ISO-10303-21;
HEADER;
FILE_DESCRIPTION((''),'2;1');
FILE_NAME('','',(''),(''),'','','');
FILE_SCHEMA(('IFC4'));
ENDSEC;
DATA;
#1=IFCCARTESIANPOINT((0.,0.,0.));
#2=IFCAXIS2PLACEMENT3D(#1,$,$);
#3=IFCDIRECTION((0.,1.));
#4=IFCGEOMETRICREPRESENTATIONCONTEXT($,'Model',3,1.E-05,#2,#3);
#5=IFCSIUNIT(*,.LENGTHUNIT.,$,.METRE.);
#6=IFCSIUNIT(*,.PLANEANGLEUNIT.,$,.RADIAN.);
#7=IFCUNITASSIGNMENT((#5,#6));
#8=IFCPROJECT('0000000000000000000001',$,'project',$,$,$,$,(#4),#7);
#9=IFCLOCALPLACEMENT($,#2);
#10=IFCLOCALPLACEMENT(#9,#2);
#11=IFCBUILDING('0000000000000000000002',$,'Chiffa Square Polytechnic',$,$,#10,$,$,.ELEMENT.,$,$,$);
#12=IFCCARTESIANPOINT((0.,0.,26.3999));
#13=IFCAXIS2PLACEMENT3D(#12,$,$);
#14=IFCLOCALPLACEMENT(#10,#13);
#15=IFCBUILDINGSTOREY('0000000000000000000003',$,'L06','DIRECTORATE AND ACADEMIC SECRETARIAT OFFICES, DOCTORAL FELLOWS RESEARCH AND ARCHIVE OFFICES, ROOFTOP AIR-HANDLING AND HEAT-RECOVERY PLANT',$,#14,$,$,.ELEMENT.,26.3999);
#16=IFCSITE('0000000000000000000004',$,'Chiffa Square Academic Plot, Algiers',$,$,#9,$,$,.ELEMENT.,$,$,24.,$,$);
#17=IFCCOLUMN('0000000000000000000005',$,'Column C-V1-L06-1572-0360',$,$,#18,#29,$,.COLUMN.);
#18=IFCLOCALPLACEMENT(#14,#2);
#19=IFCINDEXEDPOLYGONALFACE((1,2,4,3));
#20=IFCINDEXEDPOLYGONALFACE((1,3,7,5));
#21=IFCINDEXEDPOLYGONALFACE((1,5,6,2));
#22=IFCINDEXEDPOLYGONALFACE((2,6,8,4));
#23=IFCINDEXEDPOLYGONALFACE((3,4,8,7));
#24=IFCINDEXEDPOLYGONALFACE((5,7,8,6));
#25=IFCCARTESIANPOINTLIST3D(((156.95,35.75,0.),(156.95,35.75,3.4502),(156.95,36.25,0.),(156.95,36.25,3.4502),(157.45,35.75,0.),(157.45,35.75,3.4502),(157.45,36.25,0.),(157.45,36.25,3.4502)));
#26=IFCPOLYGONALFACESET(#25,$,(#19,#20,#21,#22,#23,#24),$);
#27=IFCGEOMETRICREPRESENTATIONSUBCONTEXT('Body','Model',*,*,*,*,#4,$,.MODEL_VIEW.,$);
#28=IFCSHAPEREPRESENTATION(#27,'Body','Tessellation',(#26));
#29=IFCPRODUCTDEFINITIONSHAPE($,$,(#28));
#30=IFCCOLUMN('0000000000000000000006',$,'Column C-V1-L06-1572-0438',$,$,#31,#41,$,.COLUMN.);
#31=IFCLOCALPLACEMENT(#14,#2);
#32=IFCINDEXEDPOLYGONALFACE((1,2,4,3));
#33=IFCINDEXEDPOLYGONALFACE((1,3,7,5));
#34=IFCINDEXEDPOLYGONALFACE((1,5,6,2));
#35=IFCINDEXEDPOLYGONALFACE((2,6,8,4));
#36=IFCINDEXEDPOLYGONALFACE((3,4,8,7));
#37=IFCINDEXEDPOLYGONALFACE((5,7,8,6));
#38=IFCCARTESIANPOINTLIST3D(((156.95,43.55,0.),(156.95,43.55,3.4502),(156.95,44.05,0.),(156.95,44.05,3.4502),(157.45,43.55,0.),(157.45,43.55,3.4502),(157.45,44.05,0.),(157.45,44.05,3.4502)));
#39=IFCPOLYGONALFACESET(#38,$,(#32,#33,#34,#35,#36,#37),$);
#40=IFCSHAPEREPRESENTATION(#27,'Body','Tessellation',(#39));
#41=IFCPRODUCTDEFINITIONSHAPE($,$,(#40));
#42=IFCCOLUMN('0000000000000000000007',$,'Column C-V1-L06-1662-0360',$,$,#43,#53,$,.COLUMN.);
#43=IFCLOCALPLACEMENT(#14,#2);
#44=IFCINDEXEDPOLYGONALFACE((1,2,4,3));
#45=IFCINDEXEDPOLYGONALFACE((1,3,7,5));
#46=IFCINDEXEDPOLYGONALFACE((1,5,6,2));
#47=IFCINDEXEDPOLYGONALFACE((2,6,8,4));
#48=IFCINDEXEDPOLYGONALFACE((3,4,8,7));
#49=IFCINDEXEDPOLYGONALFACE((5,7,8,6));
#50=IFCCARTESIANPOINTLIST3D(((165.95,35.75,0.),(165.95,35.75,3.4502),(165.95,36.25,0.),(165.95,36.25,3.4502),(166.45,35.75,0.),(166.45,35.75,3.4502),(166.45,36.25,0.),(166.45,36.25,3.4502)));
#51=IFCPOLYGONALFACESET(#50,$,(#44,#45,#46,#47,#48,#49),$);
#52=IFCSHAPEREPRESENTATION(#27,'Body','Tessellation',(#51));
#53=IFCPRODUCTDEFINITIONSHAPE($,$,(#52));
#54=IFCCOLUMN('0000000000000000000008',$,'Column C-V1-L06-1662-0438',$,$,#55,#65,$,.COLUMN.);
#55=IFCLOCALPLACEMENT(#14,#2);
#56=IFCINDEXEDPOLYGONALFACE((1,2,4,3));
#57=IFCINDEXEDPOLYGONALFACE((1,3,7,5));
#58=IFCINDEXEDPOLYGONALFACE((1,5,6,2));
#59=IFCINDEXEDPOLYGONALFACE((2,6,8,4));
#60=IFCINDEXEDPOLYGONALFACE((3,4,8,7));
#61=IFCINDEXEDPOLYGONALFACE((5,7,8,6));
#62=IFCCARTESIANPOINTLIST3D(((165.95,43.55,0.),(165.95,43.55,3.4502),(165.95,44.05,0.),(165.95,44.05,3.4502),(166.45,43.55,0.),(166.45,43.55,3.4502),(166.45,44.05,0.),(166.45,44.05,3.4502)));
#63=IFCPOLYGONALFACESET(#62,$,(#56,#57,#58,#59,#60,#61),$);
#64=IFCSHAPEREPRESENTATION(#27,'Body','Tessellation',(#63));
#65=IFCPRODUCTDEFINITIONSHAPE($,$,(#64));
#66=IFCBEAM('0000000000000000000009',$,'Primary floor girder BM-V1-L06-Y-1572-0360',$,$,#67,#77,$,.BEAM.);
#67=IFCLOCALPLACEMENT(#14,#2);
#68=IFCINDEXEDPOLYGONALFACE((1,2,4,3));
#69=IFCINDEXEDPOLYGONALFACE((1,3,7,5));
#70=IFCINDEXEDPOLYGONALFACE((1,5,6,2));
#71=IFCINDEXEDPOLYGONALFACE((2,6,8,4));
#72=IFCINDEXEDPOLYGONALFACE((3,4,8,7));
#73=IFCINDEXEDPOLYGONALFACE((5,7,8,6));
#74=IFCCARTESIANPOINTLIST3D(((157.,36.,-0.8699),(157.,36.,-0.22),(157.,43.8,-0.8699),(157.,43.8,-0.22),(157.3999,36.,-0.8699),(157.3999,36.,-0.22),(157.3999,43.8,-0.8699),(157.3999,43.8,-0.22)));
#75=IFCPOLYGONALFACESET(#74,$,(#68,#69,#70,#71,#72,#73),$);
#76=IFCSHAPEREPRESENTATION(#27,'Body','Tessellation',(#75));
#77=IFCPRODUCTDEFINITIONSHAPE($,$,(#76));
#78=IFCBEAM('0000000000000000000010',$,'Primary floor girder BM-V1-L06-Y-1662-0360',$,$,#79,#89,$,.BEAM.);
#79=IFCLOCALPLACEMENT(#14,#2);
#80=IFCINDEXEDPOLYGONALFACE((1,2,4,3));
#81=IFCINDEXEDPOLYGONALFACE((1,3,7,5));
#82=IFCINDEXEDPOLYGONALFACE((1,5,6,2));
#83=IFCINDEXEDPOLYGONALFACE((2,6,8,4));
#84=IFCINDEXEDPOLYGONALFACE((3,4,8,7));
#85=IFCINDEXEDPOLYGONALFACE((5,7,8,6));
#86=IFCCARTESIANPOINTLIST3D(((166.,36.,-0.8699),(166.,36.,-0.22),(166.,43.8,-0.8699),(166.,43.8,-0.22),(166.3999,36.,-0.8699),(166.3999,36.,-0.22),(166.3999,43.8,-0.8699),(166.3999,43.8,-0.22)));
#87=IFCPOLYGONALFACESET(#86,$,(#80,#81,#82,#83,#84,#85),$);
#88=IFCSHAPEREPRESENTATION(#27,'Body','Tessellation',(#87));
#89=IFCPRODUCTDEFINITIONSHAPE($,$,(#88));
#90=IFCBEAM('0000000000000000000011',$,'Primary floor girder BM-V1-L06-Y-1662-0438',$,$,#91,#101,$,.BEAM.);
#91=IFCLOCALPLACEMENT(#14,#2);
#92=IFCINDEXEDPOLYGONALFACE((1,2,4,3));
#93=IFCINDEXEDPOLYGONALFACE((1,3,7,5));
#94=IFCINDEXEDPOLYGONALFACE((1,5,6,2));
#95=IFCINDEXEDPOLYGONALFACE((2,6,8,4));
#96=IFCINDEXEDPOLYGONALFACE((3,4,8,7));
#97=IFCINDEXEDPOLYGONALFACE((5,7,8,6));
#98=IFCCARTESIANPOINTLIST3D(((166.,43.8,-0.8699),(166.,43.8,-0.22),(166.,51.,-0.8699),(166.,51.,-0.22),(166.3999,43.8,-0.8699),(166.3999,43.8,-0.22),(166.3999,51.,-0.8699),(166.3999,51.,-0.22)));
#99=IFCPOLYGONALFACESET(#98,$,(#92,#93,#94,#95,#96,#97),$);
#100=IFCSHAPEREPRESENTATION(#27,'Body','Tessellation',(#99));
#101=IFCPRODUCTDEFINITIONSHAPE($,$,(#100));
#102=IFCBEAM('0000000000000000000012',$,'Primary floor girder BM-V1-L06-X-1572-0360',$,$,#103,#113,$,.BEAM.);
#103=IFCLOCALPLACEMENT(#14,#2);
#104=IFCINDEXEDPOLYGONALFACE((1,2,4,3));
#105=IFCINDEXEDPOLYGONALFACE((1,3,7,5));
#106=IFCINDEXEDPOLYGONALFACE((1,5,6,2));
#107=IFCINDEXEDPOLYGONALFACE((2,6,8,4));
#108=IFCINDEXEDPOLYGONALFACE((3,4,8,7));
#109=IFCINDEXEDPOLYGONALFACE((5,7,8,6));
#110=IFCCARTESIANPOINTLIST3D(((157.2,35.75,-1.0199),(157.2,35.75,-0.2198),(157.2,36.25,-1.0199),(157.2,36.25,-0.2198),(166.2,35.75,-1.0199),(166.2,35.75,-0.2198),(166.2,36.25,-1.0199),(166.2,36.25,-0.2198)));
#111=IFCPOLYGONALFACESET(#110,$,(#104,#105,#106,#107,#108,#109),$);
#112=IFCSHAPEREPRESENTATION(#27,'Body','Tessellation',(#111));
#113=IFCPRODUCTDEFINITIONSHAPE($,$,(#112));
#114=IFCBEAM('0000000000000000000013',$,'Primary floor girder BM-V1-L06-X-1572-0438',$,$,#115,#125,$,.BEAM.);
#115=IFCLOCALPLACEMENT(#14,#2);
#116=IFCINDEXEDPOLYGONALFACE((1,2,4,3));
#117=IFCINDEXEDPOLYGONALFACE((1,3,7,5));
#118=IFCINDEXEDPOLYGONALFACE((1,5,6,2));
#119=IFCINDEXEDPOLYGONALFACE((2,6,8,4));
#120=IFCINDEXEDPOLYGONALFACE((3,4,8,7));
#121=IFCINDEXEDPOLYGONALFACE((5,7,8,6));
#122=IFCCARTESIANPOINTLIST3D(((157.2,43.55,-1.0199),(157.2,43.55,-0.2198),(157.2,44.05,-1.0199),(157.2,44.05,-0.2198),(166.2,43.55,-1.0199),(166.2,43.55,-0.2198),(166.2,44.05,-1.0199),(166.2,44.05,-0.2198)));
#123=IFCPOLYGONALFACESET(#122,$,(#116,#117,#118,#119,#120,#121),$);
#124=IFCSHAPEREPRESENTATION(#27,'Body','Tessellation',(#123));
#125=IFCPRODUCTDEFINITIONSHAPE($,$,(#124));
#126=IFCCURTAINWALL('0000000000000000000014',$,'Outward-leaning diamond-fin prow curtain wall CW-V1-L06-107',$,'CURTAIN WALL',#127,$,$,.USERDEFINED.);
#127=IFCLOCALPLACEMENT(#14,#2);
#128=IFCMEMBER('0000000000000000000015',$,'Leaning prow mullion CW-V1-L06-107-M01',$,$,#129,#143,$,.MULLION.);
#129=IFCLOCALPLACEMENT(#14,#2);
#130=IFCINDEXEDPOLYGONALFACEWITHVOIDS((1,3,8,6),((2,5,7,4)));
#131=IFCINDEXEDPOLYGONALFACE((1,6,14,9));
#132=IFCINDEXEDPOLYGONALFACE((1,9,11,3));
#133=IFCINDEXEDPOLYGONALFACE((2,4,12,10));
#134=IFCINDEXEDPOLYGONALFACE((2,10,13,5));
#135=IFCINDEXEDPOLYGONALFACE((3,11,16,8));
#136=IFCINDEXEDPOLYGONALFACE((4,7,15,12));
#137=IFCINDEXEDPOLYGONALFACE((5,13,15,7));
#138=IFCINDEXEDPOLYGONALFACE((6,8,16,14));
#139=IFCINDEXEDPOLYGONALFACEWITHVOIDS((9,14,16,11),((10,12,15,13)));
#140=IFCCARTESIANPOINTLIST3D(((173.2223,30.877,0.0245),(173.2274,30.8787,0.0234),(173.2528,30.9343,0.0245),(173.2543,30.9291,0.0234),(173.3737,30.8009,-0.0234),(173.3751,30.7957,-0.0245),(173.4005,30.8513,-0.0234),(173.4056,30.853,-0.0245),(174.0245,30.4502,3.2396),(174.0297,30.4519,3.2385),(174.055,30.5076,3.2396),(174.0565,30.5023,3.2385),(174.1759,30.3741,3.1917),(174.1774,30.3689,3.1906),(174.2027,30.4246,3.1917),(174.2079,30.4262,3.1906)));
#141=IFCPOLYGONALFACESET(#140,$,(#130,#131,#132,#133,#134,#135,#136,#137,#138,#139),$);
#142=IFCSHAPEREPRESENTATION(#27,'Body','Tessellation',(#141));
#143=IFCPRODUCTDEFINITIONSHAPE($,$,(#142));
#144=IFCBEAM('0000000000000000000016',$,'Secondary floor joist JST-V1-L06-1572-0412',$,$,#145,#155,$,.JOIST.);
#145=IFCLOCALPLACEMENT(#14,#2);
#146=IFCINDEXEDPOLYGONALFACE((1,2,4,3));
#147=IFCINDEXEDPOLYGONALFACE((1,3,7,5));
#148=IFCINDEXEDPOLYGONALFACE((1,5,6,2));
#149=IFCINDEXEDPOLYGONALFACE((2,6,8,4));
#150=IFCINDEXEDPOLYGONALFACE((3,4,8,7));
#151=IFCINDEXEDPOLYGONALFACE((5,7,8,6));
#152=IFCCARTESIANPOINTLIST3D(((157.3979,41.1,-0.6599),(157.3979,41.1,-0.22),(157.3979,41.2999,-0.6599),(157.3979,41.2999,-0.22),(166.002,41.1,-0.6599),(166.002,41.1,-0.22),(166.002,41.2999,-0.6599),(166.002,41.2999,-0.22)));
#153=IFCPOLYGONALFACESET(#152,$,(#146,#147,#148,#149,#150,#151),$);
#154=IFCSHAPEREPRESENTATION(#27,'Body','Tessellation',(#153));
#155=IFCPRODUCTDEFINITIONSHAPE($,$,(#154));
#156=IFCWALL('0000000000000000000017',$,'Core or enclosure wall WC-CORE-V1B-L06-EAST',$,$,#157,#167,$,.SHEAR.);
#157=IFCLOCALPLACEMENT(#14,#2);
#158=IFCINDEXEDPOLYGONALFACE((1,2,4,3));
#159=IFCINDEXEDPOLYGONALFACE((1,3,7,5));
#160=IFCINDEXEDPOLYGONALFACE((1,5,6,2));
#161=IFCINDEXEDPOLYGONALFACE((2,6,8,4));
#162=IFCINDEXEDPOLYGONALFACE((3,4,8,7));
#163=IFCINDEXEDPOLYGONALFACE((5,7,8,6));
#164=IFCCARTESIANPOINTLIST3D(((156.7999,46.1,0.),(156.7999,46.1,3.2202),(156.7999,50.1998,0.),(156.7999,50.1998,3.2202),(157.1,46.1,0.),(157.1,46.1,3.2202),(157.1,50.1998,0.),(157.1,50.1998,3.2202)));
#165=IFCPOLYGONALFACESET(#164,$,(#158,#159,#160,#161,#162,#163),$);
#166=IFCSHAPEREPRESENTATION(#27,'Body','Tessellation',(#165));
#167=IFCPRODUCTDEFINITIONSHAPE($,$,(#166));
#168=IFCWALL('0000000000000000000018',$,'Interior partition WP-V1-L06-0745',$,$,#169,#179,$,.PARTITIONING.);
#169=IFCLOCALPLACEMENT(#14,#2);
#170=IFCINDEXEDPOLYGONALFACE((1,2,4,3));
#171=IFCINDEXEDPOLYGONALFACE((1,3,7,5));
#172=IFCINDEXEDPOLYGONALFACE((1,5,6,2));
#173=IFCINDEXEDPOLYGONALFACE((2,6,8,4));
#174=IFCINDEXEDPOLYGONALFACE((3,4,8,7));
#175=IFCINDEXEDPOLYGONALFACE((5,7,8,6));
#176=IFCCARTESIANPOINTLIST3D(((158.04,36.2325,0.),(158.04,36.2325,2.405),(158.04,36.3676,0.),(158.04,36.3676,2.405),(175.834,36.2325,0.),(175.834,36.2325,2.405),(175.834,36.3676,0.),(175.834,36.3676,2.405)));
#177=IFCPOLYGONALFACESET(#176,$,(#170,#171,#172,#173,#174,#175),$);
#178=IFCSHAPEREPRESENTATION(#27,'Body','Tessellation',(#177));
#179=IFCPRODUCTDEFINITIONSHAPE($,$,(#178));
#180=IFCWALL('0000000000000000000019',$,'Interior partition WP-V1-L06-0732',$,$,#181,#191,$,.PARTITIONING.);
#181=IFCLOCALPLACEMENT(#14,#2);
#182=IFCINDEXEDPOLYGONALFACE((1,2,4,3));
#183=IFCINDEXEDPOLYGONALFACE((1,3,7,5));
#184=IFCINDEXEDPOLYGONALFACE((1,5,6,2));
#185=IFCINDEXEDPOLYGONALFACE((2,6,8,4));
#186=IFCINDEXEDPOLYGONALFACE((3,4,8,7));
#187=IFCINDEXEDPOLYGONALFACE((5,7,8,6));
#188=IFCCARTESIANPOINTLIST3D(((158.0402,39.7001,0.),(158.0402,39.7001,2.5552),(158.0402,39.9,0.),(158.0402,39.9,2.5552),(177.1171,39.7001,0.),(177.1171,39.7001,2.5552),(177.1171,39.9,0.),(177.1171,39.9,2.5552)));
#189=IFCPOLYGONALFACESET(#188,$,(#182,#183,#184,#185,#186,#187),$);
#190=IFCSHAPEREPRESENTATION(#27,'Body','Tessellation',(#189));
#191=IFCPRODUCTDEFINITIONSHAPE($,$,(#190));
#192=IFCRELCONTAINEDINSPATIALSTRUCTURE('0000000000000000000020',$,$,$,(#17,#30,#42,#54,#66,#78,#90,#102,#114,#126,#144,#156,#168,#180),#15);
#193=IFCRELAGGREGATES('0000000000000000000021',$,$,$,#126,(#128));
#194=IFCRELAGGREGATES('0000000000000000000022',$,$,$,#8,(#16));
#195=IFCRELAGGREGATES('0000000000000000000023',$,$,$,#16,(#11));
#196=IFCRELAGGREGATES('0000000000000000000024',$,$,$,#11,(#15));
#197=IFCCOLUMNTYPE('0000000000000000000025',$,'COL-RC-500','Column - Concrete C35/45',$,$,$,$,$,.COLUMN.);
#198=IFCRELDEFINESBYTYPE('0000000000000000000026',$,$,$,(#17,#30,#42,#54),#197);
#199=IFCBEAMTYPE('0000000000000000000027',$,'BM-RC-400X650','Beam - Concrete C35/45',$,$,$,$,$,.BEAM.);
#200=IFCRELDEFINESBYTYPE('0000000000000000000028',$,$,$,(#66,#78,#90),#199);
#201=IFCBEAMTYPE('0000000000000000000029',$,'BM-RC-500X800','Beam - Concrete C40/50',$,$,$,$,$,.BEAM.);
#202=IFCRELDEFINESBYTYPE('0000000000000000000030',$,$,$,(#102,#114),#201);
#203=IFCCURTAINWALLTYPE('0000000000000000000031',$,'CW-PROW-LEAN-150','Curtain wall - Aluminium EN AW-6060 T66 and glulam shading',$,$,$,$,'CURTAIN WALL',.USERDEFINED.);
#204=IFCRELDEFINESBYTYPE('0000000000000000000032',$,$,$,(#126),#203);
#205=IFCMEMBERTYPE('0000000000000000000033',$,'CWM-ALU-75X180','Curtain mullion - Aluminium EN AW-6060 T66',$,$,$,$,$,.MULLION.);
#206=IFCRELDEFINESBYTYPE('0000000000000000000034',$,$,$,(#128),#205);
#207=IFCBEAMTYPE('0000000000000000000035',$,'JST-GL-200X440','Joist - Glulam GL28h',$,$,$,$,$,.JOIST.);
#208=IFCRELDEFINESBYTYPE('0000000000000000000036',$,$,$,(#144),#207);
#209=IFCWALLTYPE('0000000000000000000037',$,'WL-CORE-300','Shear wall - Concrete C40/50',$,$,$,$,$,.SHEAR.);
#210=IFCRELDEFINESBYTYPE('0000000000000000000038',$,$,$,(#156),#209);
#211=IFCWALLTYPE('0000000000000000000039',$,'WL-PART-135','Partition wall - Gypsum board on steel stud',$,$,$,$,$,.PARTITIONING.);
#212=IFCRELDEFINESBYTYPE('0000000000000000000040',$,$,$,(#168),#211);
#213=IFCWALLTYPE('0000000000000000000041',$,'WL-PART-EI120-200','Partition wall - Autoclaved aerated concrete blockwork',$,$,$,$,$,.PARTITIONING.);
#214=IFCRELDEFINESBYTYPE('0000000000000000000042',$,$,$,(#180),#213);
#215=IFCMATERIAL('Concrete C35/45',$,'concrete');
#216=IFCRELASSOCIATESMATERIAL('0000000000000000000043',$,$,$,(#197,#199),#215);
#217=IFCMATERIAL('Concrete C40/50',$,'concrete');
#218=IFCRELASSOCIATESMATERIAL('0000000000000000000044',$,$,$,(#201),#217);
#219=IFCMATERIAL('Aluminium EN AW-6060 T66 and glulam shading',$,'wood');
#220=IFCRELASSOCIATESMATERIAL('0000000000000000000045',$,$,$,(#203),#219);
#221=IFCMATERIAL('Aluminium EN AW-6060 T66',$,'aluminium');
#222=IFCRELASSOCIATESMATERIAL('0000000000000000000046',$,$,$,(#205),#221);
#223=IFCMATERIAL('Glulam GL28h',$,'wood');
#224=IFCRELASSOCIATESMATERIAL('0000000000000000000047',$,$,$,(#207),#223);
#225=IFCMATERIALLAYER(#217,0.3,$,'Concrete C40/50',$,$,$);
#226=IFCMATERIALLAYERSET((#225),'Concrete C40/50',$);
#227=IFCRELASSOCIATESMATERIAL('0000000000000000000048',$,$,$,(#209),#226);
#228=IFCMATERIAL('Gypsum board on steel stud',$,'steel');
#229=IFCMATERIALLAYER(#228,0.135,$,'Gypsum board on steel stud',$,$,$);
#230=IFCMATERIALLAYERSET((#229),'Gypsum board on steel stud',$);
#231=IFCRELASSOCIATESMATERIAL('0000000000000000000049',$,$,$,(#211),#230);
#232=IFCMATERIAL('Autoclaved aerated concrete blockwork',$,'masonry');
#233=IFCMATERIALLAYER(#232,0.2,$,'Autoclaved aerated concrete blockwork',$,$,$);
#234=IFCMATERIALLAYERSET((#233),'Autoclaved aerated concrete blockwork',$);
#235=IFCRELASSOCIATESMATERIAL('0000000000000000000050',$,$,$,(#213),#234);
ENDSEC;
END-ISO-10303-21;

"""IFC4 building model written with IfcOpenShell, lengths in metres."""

from ifc_helpers import new_model, si_unit, direction, frame, frame_2d, origin, origin_2d, place, context, subcontext, project, spatial, rectangle, hollow_rectangle, extrude, material, layer, layer_set, material_profile, profile_set, type_object, element, aggregate, save


model = new_model("IFC4")

# Units and contexts
model_context = context("Model", 3, precision=1e-05, world=origin(), true_north=direction((0.0, 1.0)))
body_context = subcontext(model_context, "Body", "Model", "MODEL_VIEW")
ifc_project = project(units=[si_unit("LENGTHUNIT", "METRE"), si_unit("PLANEANGLEUNIT", "RADIAN")], contexts=[model_context])

# Site, building, storey
site_placement = place(None, origin())
site = spatial("IfcSite", under=ifc_project, at=site_placement, Name="Chiffa Square Academic Plot, Algiers", CompositionType="ELEMENT", RefElevation=24.0)
building_placement = place(site_placement, origin())
building = spatial("IfcBuilding", under=site, at=building_placement, Name="Chiffa Square Polytechnic", CompositionType="ELEMENT")
storey_placement = place(building_placement, frame((0.0, 0.0, 26.3999)))
storey = spatial("IfcBuildingStorey", under=building, at=storey_placement, Name="L06", Description="DIRECTORATE AND ACADEMIC SECRETARIAT OFFICES, DOCTORAL FELLOWS RESEARCH AND ARCHIVE OFFICES, ROOFTOP AIR-HANDLING AND HEAT-RECOVERY PLANT", CompositionType="ELEMENT", Elevation=26.3999)

# Columns
ifc_material_1 = material(Name="Concrete C35/45", Category="concrete")
ifc_material_profile_1 = material_profile(ifc_material_1, rectangle(XDim=0.5, YDim=0.5, at=origin_2d()), Name="RC 500x500")
ifc_profile_set_1 = profile_set([ifc_material_profile_1], Name="Concrete C35/45")
column_type = type_object("IfcColumnType", Name="COL-RC-500", Description="Column - Concrete C35/45", PredefinedType="COLUMN", material=ifc_profile_set_1)
for number, where, z_axis, x_axis, name in (
    (1, (157.2, 36.0, 0.0), (0.0, 0.0, 1.0), (1.0, 0.0, 0.0), "Column C-V1-L06-1572-0360"),
    (2, (157.2, 43.8, 0.0), (0.0, 0.0, 1.0), (1.0, 0.0, 0.0), "Column C-V1-L06-1572-0438"),
    (3, (166.2, 36.0, 0.0), (0.0, 0.0, 1.0), (1.0, 0.0, 0.0), "Column C-V1-L06-1662-0360"),
    (4, (166.2, 43.8, 0.0), (0.0, 0.0, 1.0), (1.0, 0.0, 0.0), "Column C-V1-L06-1662-0438"),
):
    element("IfcColumn", number, at=place(storey_placement, frame(where, z_axis=z_axis, x_axis=x_axis)), inside=storey, type_object=column_type, Name=name, PredefinedType="COLUMN", context=body_context, shape_type="SweptSolid", body=[
        extrude(rectangle(XDim=0.5, YDim=0.5, at=origin_2d()), origin(), (0.0, 0.0, 1.0), 3.4502),
    ])

# Beams
ifc_material_profile_2 = material_profile(ifc_material_1, rectangle(XDim=0.3999, YDim=0.6499, at=origin_2d()), Name="RC 400x650")
ifc_profile_set_2 = profile_set([ifc_material_profile_2], Name="Concrete C35/45")
beam_type_1 = type_object("IfcBeamType", Name="BM-RC-400X650", Description="Beam - Concrete C35/45", PredefinedType="BEAM", material=ifc_profile_set_2)
for number, where, z_axis, x_axis, name in (
    (5, (157.2, 36.0, -0.5449), (0.0, 1.0, 0.0), (-1.0, 0.0, 0.0), "Primary floor girder BM-V1-L06-Y-1572-0360"),
    (6, (166.2, 36.0, -0.5449), (0.0, 1.0, 0.0), (-1.0, 0.0, 0.0), "Primary floor girder BM-V1-L06-Y-1662-0360"),
):
    element("IfcBeam", number, at=place(storey_placement, frame(where, z_axis=z_axis, x_axis=x_axis)), inside=storey, type_object=beam_type_1, Name=name, PredefinedType="BEAM", context=body_context, shape_type="SweptSolid", body=[
        extrude(rectangle(XDim=0.3999, YDim=0.6499, at=origin_2d()), origin(), (0.0, 0.0, 1.0), 7.8),
    ])
beam_1_placement = place(storey_placement, frame((166.2, 43.8, -0.5449), z_axis=(0.0, 1.0, 0.0), x_axis=(-1.0, 0.0, 0.0)))
element("IfcBeam", 7, at=beam_1_placement, inside=storey, type_object=beam_type_1, Name="Primary floor girder BM-V1-L06-Y-1662-0438", PredefinedType="BEAM", context=body_context, shape_type="SweptSolid", body=[
    extrude(rectangle(XDim=0.3999, YDim=0.6499, at=origin_2d()), origin(), (0.0, 0.0, 1.0), 7.2),
])
ifc_material_2 = material(Name="Concrete C40/50", Category="concrete")
ifc_material_profile_3 = material_profile(ifc_material_2, rectangle(XDim=0.5, YDim=0.8, at=origin_2d()), Name="RC 500x800")
ifc_profile_set_3 = profile_set([ifc_material_profile_3], Name="Concrete C40/50")
beam_type_2 = type_object("IfcBeamType", Name="BM-RC-500X800", Description="Beam - Concrete C40/50", PredefinedType="BEAM", material=ifc_profile_set_3)
for number, where, z_axis, x_axis, name in (
    (8, (157.2, 36.0, -0.6199), (1.0, 0.0, 0.0), (0.0, 1.0, 0.0), "Primary floor girder BM-V1-L06-X-1572-0360"),
    (9, (157.2, 43.8, -0.6199), (1.0, 0.0, 0.0), (0.0, 1.0, 0.0), "Primary floor girder BM-V1-L06-X-1572-0438"),
):
    element("IfcBeam", number, at=place(storey_placement, frame(where, z_axis=z_axis, x_axis=x_axis)), inside=storey, type_object=beam_type_2, Name=name, PredefinedType="BEAM", context=body_context, shape_type="SweptSolid", body=[
        extrude(rectangle(XDim=0.5, YDim=0.8, at=origin_2d()), origin(), (0.0, 0.0, 1.0), 9.0),
    ])

# Curtain wall, member
ifc_material_3 = material(Name="Aluminium EN AW-6060 T66 and glulam shading", Category="wood")
curtain_wall_type = type_object("IfcCurtainWallType", Name="CW-PROW-LEAN-150", Description="Curtain wall - Aluminium EN AW-6060 T66 and glulam shading", ElementType="CURTAIN WALL", PredefinedType="USERDEFINED", material=ifc_material_3)
curtain_wall_placement = place(storey_placement, origin())
curtain_wall = element("IfcCurtainWall", 10, at=curtain_wall_placement, inside=storey, type_object=curtain_wall_type, Name="Outward-leaning diamond-fin prow curtain wall CW-V1-L06-107", ObjectType="CURTAIN WALL", PredefinedType="USERDEFINED")
ifc_material_4 = material(Name="Aluminium EN AW-6060 T66", Category="aluminium")
ifc_material_profile_4 = material_profile(ifc_material_4, hollow_rectangle(XDim=0.0649, YDim=0.1799, WallThickness=0.0039, at=origin_2d()), Name="ALU 65x180x4")
ifc_profile_set_4 = profile_set([ifc_material_profile_4], Name="Aluminium EN AW-6060 T66")
member_type = type_object("IfcMemberType", Name="CWM-ALU-75X180", Description="Curtain mullion - Aluminium EN AW-6060 T66", PredefinedType="MULLION", material=ifc_profile_set_4)
member_placement = place(storey_placement, frame((173.314, 30.865, 0.0), z_axis=(0.240119, -0.127732, 0.962303), x_axis=(0.46964, 0.882858, 0.0)))
member = element("IfcMember", 11, at=member_placement, type_object=member_type, Name="Leaning prow mullion CW-V1-L06-107-M01", PredefinedType="MULLION", context=body_context, shape_type="SweptSolid", body=[
    extrude(hollow_rectangle(XDim=0.0649, YDim=0.1799, WallThickness=0.0039, at=origin_2d()), origin(), (0.0, 0.0, 1.0), 3.3411),
])
aggregate(curtain_wall, [member])

# Beam
ifc_material_5 = material(Name="Glulam GL28h", Category="wood")
ifc_material_profile_5 = material_profile(ifc_material_5, rectangle(XDim=0.2, YDim=0.4399, at=origin_2d()), Name="GL28h 200x440")
ifc_profile_set_5 = profile_set([ifc_material_profile_5], Name="Glulam GL28h")
beam_type_3 = type_object("IfcBeamType", Name="JST-GL-200X440", Description="Joist - Glulam GL28h", PredefinedType="JOIST", material=ifc_profile_set_5)
beam_2_placement = place(storey_placement, frame((157.3979, 41.2, -0.4399), z_axis=(1.0, 0.0, 0.0), x_axis=(0.0, 1.0, 0.0)))
element("IfcBeam", 12, at=beam_2_placement, inside=storey, type_object=beam_type_3, Name="Secondary floor joist JST-V1-L06-1572-0412", PredefinedType="JOIST", context=body_context, shape_type="SweptSolid", body=[
    extrude(rectangle(XDim=0.2, YDim=0.4399, at=origin_2d()), origin(), (0.0, 0.0, 1.0), 8.604),
])

# Walls
ifc_layer_1 = layer(ifc_material_2, 0.3, Name="Concrete C40/50")
ifc_layer_set_1 = layer_set([ifc_layer_1], Name="Concrete C40/50")
wall_type_1 = type_object("IfcWallType", Name="WL-CORE-300", Description="Shear wall - Concrete C40/50", PredefinedType="SHEAR", material=ifc_layer_set_1)
wall_1_placement = place(storey_placement, frame((156.95, 46.1001, 0.0), z_axis=(0.0, 0.0, 1.0), x_axis=(0.0, 1.0, 0.0)))
element("IfcWall", 13, at=wall_1_placement, inside=storey, type_object=wall_type_1, Name="Core or enclosure wall WC-CORE-V1B-L06-EAST", PredefinedType="SHEAR", context=body_context, shape_type="SweptSolid", body=[
    extrude(rectangle(XDim=4.0999, YDim=0.3, at=frame_2d((2.0498, 0.0))), origin(), (0.0, 0.0, 1.0), 3.2202),
])
ifc_material_6 = material(Name="Gypsum board on steel stud", Category="steel")
ifc_layer_2 = layer(ifc_material_6, 0.135, Name="Gypsum board on steel stud")
ifc_layer_set_2 = layer_set([ifc_layer_2], Name="Gypsum board on steel stud")
wall_type_2 = type_object("IfcWallType", Name="WL-PART-135", Description="Partition wall - Gypsum board on steel stud", PredefinedType="PARTITIONING", material=ifc_layer_set_2)
wall_2_placement = place(storey_placement, frame((158.04, 36.3, 0.0), z_axis=(0.0, 0.0, 1.0), x_axis=(1.0, 0.0, 0.0)))
element("IfcWall", 14, at=wall_2_placement, inside=storey, type_object=wall_type_2, Name="Interior partition WP-V1-L06-0745", PredefinedType="PARTITIONING", context=body_context, shape_type="SweptSolid", body=[
    extrude(rectangle(XDim=17.7939, YDim=0.135, at=frame_2d((8.897, 0.0))), origin(), (0.0, 0.0, 1.0), 2.405),
])

# Shared definitions
ifc_material_7 = material(Name="Autoclaved aerated concrete blockwork", Category="masonry")
ifc_layer_3 = layer(ifc_material_7, 0.2, Name="Autoclaved aerated concrete blockwork")
ifc_layer_set_3 = layer_set([ifc_layer_3], Name="Autoclaved aerated concrete blockwork")
wall_type_3 = type_object("IfcWallType", Name="WL-PART-EI120-200", Description="Partition wall - Autoclaved aerated concrete blockwork", PredefinedType="PARTITIONING", material=ifc_layer_set_3)

# Wall
wall_3_placement = place(storey_placement, frame((158.04, 39.8, 0.0), z_axis=(0.0, 0.0, 1.0), x_axis=(1.0, 0.0, 0.0)))
element("IfcWall", 15, at=wall_3_placement, inside=storey, type_object=wall_type_3, Name="Interior partition WP-V1-L06-0732", PredefinedType="PARTITIONING", context=body_context, shape_type="SweptSolid", body=[
    extrude(rectangle(XDim=19.0769, YDim=0.2, at=frame_2d((9.5386, 0.0))), origin(), (0.0, 0.0, 1.0), 2.5552),
])

save(model, "model.ifc")
